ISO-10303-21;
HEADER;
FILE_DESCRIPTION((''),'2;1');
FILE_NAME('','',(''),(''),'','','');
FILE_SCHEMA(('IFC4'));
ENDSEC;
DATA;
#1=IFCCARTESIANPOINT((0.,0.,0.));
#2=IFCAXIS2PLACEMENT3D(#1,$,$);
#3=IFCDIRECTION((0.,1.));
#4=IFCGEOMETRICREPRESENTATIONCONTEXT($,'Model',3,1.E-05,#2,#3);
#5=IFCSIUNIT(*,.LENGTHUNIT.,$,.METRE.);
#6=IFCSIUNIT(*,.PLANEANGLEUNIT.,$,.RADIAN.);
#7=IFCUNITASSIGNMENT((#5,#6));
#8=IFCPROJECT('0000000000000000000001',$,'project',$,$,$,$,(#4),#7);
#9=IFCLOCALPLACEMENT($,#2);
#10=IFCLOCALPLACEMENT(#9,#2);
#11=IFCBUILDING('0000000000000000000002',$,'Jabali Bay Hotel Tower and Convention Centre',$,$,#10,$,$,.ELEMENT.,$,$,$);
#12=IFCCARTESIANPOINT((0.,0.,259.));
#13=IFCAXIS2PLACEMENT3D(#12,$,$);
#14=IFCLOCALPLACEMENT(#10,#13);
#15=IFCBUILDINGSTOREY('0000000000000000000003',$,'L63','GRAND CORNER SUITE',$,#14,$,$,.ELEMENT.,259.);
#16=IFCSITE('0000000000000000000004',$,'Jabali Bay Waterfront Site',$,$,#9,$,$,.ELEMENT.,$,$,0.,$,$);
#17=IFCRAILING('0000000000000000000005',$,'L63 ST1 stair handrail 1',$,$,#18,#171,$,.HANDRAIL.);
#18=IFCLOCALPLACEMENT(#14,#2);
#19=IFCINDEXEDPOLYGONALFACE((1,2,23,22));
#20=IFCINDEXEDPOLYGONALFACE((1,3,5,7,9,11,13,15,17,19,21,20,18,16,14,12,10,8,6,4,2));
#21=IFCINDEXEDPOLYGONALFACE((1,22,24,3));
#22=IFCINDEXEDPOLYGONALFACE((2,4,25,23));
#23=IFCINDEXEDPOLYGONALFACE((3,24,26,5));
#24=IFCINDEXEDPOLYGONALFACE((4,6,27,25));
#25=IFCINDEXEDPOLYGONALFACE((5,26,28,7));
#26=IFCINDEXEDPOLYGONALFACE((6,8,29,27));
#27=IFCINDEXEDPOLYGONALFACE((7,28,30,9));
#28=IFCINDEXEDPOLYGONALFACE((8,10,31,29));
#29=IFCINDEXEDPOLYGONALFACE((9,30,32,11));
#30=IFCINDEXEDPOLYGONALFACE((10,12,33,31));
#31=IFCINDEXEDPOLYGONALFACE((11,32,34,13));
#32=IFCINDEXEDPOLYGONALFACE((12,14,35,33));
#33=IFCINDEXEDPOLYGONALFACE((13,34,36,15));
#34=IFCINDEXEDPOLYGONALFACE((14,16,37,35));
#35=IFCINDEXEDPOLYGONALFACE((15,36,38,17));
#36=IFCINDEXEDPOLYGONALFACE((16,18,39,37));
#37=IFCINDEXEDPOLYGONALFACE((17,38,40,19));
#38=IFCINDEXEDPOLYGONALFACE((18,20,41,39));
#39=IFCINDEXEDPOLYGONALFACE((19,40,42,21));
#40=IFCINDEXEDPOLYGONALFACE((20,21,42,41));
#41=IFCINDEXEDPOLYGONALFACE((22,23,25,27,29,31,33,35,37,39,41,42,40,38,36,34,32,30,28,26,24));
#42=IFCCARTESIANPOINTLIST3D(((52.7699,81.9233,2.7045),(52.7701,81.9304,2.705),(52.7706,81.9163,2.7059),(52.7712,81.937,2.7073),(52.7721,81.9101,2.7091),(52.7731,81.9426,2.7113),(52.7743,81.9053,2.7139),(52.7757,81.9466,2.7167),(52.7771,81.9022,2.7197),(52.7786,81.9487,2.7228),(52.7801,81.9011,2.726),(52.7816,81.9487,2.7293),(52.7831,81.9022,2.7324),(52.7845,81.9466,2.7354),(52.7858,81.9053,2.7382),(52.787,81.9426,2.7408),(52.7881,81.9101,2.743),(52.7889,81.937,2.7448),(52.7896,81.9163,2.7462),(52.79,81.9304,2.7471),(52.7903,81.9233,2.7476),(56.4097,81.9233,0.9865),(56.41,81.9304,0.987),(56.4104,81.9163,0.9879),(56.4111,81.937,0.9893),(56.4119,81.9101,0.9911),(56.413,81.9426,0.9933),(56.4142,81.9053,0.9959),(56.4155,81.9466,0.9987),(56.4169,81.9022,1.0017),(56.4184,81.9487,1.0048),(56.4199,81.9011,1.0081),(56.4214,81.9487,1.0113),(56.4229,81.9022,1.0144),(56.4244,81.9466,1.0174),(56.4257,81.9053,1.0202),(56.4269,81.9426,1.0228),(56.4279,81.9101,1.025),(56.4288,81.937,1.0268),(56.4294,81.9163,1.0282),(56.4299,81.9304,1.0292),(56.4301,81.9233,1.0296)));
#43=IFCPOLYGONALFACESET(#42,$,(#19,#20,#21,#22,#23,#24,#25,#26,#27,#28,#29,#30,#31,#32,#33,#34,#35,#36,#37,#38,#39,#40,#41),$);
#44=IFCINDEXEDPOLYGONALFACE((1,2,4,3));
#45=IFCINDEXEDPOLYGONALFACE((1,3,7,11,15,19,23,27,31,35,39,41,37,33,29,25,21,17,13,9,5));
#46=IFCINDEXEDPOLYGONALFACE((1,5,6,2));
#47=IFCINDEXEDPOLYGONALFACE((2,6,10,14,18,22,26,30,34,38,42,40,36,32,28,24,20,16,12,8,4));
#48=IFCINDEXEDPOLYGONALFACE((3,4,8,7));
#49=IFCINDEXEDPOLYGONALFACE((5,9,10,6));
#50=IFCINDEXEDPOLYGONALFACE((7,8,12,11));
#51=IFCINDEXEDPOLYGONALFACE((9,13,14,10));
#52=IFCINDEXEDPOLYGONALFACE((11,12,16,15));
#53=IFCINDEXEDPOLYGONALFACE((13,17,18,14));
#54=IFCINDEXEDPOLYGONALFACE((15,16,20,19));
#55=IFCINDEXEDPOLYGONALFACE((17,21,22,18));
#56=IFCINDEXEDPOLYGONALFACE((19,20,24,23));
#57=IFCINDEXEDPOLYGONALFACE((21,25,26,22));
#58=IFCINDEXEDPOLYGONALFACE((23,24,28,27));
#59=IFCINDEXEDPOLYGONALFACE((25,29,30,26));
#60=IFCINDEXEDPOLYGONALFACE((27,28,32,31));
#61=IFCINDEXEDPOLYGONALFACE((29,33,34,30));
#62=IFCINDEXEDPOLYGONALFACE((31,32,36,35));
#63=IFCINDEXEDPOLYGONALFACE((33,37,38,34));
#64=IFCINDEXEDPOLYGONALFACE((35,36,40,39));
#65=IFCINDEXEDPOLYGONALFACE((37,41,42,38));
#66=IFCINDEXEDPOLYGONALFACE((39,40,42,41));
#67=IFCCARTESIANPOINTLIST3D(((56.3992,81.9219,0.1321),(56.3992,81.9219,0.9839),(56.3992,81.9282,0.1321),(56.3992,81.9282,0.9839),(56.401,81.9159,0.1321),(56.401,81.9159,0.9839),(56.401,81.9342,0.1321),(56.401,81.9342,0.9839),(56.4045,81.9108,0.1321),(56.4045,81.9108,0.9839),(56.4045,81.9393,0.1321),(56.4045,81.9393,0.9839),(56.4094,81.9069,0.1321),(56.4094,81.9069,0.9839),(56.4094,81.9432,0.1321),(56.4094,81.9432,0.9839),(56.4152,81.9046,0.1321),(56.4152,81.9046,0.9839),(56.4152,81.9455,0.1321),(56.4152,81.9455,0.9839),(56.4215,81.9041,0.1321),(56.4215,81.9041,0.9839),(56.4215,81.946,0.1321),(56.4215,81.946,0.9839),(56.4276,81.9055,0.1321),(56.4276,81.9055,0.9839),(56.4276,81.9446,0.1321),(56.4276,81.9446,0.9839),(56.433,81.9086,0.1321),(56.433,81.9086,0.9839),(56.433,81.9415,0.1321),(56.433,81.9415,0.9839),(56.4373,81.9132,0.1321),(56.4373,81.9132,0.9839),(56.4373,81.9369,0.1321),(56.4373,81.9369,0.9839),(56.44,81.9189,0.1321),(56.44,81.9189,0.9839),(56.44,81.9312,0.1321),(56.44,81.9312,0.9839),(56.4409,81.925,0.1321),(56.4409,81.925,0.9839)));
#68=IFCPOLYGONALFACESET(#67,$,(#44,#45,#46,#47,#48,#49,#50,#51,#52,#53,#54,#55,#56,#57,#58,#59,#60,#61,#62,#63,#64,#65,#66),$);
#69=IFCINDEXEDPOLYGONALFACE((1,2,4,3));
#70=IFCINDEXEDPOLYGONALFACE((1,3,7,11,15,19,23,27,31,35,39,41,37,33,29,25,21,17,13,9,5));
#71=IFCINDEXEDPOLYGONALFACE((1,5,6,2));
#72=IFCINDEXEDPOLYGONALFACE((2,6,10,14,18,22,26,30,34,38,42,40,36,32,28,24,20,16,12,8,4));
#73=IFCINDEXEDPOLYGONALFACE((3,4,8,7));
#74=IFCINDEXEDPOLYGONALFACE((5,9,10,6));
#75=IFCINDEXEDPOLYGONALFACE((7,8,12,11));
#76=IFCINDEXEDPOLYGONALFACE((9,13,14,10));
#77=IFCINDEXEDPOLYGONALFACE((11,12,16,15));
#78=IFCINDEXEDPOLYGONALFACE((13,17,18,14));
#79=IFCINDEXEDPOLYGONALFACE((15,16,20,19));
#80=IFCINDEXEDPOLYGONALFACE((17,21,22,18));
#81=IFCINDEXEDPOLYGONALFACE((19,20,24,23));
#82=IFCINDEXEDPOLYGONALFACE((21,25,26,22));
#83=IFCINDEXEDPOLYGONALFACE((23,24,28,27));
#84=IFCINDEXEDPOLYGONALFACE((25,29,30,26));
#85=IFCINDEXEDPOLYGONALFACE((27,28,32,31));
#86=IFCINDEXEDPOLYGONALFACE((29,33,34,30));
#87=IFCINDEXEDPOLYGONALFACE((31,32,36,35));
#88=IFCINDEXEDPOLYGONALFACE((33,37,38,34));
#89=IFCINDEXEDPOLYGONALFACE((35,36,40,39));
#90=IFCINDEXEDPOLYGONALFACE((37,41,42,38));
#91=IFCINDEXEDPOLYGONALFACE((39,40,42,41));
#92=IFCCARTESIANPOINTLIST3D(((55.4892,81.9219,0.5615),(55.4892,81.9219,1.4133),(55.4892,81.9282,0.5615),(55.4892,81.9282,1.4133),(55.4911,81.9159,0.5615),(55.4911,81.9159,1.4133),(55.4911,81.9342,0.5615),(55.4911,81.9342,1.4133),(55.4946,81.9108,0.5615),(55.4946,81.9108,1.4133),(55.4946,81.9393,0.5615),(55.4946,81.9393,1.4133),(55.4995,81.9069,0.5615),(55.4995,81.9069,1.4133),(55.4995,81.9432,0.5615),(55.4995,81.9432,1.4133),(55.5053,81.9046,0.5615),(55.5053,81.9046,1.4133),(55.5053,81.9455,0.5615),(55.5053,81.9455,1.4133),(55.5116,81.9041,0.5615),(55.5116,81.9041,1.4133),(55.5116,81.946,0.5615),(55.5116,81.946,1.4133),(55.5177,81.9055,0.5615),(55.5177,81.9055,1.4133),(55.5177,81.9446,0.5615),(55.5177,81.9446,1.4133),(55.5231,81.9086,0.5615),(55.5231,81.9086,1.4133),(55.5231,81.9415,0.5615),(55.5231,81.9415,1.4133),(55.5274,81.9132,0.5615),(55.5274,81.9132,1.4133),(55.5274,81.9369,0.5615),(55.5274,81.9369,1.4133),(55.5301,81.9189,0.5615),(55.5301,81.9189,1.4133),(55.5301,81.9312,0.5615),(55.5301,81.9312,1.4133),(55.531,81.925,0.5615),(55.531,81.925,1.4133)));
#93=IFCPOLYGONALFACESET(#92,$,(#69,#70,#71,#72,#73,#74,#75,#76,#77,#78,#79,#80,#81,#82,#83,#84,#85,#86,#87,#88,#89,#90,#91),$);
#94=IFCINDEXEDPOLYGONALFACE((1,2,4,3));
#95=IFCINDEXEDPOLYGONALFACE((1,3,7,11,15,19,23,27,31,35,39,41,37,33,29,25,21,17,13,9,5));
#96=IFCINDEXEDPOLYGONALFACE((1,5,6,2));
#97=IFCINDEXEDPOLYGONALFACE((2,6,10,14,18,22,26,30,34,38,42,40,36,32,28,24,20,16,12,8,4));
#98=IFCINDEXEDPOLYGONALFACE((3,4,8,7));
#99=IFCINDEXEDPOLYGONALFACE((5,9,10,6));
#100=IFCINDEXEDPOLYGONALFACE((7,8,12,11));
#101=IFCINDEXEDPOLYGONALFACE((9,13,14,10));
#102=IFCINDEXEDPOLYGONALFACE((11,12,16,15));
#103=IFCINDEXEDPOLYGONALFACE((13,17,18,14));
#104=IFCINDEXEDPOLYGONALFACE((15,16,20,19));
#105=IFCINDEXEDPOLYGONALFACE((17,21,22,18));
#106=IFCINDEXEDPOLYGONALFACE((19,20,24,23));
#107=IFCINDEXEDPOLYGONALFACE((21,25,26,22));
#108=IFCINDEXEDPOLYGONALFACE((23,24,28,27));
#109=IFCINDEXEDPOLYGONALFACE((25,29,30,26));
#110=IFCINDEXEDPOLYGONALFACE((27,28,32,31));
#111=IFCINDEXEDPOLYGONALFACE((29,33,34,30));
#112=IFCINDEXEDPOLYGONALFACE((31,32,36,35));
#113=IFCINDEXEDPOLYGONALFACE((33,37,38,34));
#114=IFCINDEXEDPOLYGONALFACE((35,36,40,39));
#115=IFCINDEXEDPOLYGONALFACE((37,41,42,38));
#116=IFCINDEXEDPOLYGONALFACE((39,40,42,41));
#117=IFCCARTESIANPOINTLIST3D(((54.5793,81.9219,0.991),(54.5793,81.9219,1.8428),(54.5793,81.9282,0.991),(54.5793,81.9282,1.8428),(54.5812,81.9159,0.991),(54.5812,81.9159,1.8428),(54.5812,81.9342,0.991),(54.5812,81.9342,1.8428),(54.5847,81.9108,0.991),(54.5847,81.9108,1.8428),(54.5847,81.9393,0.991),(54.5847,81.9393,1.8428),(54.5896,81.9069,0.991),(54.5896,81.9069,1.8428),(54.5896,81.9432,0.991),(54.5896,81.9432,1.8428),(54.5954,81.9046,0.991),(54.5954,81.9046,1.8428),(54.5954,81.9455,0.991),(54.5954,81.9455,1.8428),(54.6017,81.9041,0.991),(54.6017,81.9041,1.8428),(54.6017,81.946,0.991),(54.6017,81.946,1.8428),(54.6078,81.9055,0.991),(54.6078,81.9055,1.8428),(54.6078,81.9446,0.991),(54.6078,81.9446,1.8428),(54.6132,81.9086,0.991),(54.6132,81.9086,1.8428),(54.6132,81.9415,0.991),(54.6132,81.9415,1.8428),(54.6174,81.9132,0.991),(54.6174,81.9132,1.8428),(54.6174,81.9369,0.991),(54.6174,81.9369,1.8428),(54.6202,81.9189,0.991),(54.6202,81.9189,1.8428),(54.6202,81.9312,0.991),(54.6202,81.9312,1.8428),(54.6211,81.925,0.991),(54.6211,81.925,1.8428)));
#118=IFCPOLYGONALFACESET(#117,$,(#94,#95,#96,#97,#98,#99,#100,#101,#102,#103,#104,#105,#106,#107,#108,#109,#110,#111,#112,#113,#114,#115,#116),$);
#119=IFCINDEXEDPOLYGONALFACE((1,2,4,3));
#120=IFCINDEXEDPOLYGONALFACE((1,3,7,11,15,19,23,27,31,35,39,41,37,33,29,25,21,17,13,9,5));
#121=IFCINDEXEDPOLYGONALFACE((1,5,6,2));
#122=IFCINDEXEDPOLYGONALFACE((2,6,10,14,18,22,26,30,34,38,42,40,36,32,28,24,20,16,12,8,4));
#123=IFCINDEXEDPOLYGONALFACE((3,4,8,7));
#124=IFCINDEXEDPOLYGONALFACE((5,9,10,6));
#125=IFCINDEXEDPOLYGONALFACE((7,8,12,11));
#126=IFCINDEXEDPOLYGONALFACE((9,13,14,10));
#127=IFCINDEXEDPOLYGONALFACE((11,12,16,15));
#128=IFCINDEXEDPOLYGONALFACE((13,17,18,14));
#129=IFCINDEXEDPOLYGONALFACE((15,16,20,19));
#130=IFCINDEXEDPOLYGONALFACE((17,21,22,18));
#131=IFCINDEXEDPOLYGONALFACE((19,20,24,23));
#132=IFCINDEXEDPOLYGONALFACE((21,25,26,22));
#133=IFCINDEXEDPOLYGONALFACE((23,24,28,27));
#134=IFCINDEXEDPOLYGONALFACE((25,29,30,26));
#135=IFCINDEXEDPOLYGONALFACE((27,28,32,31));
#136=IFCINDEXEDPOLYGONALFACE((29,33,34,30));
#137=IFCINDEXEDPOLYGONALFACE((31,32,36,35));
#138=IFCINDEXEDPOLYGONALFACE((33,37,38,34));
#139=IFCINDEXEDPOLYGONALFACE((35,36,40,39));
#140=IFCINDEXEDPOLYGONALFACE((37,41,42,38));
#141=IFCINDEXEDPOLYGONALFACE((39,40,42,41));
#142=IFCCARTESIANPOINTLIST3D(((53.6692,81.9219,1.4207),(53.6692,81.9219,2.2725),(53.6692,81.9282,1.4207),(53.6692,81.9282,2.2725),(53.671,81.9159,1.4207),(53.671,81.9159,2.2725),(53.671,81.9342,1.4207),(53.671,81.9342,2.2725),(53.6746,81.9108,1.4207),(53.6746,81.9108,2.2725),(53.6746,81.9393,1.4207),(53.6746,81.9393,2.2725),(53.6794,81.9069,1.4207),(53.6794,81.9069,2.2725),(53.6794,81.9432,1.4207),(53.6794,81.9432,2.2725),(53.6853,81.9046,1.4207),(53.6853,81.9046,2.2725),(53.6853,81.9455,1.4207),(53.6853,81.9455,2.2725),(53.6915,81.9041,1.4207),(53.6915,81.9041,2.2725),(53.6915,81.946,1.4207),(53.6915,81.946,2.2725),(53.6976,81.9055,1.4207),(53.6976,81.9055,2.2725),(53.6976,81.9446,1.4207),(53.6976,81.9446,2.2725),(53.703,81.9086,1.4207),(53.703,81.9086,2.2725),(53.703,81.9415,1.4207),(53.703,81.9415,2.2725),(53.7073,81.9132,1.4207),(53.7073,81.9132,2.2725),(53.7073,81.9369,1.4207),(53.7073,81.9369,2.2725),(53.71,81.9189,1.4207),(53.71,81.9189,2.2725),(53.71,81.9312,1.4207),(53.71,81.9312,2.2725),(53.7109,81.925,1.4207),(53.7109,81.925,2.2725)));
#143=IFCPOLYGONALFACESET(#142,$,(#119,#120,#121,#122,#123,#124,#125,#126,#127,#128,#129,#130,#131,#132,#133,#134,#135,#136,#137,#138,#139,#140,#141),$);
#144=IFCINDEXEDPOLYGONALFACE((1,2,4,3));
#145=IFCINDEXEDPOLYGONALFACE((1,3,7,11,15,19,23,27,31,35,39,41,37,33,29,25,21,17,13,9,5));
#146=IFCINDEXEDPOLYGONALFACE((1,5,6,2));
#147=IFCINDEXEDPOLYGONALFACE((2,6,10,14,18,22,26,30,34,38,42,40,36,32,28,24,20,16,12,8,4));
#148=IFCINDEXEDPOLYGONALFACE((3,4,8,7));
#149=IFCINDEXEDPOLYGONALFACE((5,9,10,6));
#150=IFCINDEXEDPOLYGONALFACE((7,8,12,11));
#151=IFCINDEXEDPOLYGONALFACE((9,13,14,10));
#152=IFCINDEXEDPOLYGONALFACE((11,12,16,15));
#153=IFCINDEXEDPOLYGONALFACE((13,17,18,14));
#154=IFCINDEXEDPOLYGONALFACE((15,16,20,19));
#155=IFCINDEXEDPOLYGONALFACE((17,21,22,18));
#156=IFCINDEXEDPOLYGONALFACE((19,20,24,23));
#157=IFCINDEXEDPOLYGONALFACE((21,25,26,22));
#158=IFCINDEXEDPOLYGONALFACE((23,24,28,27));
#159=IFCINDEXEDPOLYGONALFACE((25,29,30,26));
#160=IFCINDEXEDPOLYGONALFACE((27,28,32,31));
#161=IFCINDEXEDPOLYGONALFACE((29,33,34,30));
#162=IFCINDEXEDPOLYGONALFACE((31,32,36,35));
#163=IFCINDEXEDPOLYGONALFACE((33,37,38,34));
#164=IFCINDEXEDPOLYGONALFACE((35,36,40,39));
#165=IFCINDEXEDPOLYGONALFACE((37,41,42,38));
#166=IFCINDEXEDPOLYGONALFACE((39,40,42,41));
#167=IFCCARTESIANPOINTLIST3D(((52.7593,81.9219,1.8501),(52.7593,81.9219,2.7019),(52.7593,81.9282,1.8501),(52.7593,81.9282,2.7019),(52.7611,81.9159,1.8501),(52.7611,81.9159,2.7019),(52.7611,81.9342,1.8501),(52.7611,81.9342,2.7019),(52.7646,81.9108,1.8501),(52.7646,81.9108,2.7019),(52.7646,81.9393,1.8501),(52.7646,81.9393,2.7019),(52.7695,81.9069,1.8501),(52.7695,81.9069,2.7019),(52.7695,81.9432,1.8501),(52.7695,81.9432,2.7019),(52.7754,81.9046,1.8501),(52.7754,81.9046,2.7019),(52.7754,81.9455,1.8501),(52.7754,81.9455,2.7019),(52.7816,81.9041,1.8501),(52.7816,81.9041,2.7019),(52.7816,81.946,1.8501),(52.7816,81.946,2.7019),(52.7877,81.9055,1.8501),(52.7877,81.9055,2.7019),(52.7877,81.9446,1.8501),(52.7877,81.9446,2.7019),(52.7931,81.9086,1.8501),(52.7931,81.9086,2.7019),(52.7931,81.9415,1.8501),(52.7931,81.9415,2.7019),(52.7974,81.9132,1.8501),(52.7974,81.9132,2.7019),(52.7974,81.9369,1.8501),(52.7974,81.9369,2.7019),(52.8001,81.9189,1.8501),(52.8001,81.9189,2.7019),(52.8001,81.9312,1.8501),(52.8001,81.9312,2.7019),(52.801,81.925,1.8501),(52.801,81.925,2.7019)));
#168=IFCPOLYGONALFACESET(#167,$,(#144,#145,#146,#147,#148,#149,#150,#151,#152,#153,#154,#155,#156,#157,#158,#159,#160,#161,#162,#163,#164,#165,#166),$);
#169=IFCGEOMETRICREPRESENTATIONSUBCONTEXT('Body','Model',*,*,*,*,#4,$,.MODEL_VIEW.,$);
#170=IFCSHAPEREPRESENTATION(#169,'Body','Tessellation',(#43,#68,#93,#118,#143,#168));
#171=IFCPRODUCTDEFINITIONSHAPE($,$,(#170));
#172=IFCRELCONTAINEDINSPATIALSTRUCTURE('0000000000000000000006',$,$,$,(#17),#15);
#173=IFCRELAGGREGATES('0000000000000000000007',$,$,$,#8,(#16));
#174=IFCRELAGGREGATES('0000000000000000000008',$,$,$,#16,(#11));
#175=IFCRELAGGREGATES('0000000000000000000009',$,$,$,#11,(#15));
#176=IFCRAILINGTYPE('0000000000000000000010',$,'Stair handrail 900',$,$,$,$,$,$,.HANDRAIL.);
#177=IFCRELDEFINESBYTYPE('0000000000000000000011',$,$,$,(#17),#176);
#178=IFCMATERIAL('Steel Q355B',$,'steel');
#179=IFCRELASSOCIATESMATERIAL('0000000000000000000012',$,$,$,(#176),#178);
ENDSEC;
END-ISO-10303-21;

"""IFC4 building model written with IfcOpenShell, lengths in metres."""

from ifc_helpers import new_model, si_unit, direction, frame, origin, origin_2d, place, context, subcontext, project, spatial, circle, extrude, material, type_object, element, save


model = new_model("IFC4")

# Units and contexts
model_context = context("Model", 3, precision=1e-05, world=origin(), true_north=direction((0.0, 1.0)))
body_context = subcontext(model_context, "Body", "Model", "MODEL_VIEW")
ifc_project = project(units=[si_unit("LENGTHUNIT", "METRE"), si_unit("PLANEANGLEUNIT", "RADIAN")], contexts=[model_context])

# Site, building, storey
site_placement = place(None, origin())
site = spatial("IfcSite", under=ifc_project, at=site_placement, Name="Jabali Bay Waterfront Site", CompositionType="ELEMENT", RefElevation=0.0)
building_placement = place(site_placement, origin())
building = spatial("IfcBuilding", under=site, at=building_placement, Name="Jabali Bay Hotel Tower and Convention Centre", CompositionType="ELEMENT")
storey_placement = place(building_placement, frame((0.0, 0.0, 259.0)))
storey = spatial("IfcBuildingStorey", under=building, at=storey_placement, Name="L63", Description="GRAND CORNER SUITE", CompositionType="ELEMENT", Elevation=259.0)

# Railing
ifc_material_1 = material(Name="Steel Q355B", Category="steel")
railing_type_1 = type_object("IfcRailingType", Name="Stair handrail 900", PredefinedType="HANDRAIL", material=ifc_material_1)
railing_1_placement = place(storey_placement, frame((56.4199, 81.925, 0.1321)))
element("IfcRailing", 1, at=railing_1_placement, inside=storey, type_object=railing_type_1, Name="L63 ST1 stair handrail 1", PredefinedType="HANDRAIL", context=body_context, shape_type="SweptSolid", body=[
    extrude(circle(Radius=0.0239, at=origin_2d()), frame((0.0, 0.0, 0.876), z_axis=(-0.904327, 0.0, 0.42684), x_axis=(0.0, -1.0, 0.0)), (0.0, 0.0, 1.0), 4.0249),
    extrude(circle(Radius=0.021, at=origin_2d()), origin(), (0.0, 0.0, 1.0), 0.8518),
    extrude(circle(Radius=0.021, at=origin_2d()), frame((-0.9099, 0.0, 0.4294)), (0.0, 0.0, 1.0), 0.8518),
    extrude(circle(Radius=0.021, at=origin_2d()), frame((-1.8198, 0.0, 0.8589)), (0.0, 0.0, 1.0), 0.8518),
    extrude(circle(Radius=0.021, at=origin_2d()), frame((-2.73, 0.0, 1.2886)), (0.0, 0.0, 1.0), 0.8518),
    extrude(circle(Radius=0.021, at=origin_2d()), frame((-3.6399, 0.0, 1.718)), (0.0, 0.0, 1.0), 0.8518),
])

save(model, "model.ifc")
